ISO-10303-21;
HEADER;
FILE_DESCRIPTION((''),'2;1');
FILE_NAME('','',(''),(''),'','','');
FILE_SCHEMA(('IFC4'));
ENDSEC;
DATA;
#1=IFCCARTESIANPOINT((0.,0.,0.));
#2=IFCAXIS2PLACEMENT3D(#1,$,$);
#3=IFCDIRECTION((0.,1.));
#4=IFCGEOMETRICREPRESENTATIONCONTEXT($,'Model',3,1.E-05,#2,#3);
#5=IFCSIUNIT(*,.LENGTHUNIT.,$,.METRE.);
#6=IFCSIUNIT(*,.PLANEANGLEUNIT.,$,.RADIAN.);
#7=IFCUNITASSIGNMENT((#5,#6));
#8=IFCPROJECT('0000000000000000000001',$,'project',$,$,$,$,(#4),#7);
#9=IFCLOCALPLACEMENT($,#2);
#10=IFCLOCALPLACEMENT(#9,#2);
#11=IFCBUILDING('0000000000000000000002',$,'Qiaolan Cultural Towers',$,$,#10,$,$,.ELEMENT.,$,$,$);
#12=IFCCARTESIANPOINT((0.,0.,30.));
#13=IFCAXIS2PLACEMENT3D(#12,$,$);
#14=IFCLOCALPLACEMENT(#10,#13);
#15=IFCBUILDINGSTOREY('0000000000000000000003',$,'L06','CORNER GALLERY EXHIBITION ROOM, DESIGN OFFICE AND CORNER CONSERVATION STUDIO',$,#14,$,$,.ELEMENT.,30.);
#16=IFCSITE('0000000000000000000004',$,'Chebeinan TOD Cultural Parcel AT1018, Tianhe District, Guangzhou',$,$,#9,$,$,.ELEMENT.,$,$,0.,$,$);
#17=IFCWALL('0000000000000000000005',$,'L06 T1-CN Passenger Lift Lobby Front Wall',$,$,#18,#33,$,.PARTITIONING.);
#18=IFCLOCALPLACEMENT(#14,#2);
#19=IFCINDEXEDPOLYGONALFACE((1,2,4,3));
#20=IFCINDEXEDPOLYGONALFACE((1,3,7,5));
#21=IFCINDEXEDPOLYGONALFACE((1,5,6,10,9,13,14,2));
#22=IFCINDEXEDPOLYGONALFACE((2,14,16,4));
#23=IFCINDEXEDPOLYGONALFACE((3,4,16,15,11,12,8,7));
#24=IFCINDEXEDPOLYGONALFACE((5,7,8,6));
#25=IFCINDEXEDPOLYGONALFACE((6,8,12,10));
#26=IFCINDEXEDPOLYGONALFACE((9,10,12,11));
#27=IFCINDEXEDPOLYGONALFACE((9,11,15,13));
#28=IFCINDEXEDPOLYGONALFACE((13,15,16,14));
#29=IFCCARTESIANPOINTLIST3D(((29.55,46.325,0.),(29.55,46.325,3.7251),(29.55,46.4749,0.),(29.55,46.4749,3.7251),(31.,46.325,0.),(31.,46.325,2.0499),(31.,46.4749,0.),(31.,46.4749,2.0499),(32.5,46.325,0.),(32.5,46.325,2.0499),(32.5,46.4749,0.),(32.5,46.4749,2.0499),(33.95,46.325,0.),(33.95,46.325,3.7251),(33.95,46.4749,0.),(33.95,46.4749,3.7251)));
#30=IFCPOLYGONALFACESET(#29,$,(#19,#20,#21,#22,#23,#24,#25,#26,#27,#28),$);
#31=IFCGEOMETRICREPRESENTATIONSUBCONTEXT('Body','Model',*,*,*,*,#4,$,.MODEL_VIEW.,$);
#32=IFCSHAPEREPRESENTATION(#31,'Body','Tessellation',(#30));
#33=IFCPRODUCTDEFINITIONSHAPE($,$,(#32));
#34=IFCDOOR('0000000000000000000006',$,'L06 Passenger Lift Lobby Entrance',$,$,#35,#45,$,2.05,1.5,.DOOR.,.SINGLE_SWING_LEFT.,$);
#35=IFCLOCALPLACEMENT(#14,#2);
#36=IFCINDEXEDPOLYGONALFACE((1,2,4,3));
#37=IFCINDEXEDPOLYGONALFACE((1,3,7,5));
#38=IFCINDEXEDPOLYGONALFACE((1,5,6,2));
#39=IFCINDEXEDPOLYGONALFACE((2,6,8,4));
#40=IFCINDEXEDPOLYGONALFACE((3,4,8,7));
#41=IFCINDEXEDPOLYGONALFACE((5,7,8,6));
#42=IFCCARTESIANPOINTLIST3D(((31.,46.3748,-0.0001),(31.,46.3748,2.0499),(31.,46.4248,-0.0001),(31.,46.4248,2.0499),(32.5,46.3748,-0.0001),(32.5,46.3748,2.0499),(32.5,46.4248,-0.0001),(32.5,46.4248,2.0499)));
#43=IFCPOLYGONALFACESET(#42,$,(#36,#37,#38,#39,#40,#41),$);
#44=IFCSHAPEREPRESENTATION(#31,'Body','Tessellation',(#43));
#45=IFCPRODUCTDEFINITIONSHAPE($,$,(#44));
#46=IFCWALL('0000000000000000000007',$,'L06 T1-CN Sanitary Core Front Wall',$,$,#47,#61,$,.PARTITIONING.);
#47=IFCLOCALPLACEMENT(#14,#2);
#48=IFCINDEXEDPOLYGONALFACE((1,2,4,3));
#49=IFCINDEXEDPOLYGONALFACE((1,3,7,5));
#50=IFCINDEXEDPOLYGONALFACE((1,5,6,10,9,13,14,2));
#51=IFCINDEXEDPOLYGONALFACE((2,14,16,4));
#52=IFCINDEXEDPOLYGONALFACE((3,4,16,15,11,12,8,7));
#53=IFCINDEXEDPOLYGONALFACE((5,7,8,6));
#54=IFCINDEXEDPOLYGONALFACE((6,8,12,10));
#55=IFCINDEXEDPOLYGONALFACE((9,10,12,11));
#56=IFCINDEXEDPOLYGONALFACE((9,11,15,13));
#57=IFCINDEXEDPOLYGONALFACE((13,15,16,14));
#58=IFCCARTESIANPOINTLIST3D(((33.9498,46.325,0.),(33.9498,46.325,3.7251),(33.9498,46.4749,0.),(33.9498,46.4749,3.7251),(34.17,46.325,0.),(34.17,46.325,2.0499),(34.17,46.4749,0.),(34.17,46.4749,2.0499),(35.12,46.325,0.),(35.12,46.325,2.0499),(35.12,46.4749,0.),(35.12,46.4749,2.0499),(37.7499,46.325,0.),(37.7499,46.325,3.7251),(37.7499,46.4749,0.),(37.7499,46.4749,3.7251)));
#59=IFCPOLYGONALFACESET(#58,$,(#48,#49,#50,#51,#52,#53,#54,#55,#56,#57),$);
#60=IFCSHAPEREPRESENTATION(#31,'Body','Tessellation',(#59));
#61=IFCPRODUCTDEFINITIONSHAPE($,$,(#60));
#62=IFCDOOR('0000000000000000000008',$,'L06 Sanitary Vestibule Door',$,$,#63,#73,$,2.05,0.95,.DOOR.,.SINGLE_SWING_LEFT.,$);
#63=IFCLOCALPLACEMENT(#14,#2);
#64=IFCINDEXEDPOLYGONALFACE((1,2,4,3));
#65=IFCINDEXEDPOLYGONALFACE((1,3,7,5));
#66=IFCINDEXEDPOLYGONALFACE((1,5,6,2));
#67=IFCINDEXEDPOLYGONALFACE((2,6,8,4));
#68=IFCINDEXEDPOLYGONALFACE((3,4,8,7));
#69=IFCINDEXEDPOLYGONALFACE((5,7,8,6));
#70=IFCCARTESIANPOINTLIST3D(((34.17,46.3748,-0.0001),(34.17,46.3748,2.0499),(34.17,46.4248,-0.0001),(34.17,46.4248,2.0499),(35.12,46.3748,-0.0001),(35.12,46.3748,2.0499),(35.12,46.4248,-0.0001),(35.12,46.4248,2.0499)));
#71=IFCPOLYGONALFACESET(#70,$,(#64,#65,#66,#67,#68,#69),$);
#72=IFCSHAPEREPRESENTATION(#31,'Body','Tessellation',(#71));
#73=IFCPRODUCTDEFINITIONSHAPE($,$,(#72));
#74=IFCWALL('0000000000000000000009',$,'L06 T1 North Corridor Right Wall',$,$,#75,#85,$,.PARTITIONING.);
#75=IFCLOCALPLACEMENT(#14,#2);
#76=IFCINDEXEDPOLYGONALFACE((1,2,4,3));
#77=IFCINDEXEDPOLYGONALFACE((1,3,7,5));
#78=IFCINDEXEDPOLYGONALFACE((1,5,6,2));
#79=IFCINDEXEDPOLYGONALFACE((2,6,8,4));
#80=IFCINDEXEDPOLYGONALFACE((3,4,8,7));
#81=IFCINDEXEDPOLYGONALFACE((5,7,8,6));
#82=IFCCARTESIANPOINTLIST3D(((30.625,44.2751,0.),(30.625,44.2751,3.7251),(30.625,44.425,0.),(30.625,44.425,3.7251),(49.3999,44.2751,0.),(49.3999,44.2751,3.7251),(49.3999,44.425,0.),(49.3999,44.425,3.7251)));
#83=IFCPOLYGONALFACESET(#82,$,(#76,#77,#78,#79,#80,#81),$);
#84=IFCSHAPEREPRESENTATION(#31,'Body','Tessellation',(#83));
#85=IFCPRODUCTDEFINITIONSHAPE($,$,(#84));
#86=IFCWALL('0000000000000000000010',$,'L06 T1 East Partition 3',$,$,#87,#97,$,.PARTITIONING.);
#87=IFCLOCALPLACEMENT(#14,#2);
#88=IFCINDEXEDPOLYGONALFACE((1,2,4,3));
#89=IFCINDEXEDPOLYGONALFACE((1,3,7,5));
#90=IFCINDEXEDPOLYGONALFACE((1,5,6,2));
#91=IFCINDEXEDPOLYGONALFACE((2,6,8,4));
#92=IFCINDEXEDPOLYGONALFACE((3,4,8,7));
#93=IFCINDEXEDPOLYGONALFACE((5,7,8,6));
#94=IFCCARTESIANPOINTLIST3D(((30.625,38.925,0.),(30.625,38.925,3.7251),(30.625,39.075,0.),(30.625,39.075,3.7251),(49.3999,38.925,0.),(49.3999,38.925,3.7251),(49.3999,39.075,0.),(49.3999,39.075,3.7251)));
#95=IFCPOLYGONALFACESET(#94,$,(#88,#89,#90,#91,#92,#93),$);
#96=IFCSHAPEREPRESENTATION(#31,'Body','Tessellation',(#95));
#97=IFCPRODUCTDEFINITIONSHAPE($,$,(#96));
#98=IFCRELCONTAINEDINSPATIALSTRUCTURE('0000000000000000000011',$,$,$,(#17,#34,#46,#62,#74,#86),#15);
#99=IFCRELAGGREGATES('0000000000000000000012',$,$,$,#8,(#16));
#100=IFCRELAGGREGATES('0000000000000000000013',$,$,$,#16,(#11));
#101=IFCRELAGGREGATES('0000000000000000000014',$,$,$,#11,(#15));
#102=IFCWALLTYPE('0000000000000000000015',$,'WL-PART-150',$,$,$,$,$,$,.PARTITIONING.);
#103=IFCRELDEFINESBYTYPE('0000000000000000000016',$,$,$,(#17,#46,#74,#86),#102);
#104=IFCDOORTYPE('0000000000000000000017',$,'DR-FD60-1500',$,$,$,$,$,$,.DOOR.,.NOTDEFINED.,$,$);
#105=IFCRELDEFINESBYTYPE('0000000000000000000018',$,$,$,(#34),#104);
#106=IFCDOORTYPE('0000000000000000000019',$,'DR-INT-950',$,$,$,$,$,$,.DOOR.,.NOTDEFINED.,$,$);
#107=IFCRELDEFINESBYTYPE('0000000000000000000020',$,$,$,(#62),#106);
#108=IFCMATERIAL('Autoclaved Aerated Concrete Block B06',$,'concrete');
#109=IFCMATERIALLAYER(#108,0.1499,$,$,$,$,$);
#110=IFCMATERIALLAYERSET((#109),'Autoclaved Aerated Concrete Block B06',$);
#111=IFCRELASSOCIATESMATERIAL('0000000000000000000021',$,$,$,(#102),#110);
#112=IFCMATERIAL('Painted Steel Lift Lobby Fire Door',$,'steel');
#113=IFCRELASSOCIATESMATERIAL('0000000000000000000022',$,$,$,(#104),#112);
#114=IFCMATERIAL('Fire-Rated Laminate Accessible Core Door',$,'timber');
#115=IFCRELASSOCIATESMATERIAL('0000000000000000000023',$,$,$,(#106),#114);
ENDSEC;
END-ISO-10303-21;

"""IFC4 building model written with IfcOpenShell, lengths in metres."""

from ifc_helpers import new_model, si_unit, direction, frame, frame_2d, origin, place, context, subcontext, project, spatial, rectangle, extrude, material, layer, layer_set, type_object, element, fill, save


model = new_model("IFC4")

# Units and contexts
model_context = context("Model", 3, precision=1e-05, world=origin(), true_north=direction((0.0, 1.0)))
body_context = subcontext(model_context, "Body", "Model", "MODEL_VIEW")
ifc_project = project(units=[si_unit("LENGTHUNIT", "METRE"), si_unit("PLANEANGLEUNIT", "RADIAN")], contexts=[model_context])

# Site, building, storey
site_placement = place(None, origin())
site = spatial("IfcSite", under=ifc_project, at=site_placement, Name="Chebeinan TOD Cultural Parcel AT1018, Tianhe District, Guangzhou", CompositionType="ELEMENT", RefElevation=0.0)
building_placement = place(site_placement, origin())
building = spatial("IfcBuilding", under=site, at=building_placement, Name="Qiaolan Cultural Towers", CompositionType="ELEMENT")
storey_placement = place(building_placement, frame((0.0, 0.0, 30.0)))
storey = spatial("IfcBuildingStorey", under=building, at=storey_placement, Name="L06", Description="CORNER GALLERY EXHIBITION ROOM, DESIGN OFFICE AND CORNER CONSERVATION STUDIO", CompositionType="ELEMENT", Elevation=30.0)

# Walls, openings, doors
ifc_material_1 = material(Name="Autoclaved Aerated Concrete Block B06", Category="concrete")
ifc_layer_1 = layer(ifc_material_1, 0.1499)
ifc_layer_set_1 = layer_set([ifc_layer_1], Name="Autoclaved Aerated Concrete Block B06")
wall_type_1 = type_object("IfcWallType", Name="WL-PART-150", PredefinedType="PARTITIONING", material=ifc_layer_set_1)
wall_1_placement = place(storey_placement, frame((29.55, 46.3999, 0.0), z_axis=(0.0, 0.0, 1.0), x_axis=(1.0, 0.0, 0.0)))
wall_1 = element("IfcWall", 1, at=wall_1_placement, inside=storey, type_object=wall_type_1, Name="L06 T1-CN Passenger Lift Lobby Front Wall", PredefinedType="PARTITIONING", context=body_context, shape_type="SweptSolid", body=[
    extrude(rectangle(XDim=4.3999, YDim=0.1499, at=frame_2d((2.2, 0.0))), origin(), (0.0, 0.0, 1.0), 3.7251),
])
opening_1_placement = place(wall_1_placement, frame((1.45, 0.0, 0.0)))
opening_1 = element("IfcOpeningElement", 2, at=opening_1_placement, cuts=wall_1, PredefinedType="OPENING", context=body_context, shape_type="SweptSolid", body=[
    extrude(rectangle(XDim=1.5, YDim=2.05, at=frame_2d((0.75, 1.0249))), frame((0.0, 0.085, 0.0), z_axis=(0.0, -1.0, 0.0), x_axis=(1.0, 0.0, 0.0)), (0.0, 0.0, 1.0), 0.1699),
])
ifc_material_2 = material(Name="Painted Steel Lift Lobby Fire Door", Category="steel")
door_type_1 = type_object("IfcDoorType", Name="DR-FD60-1500", OperationType="NOTDEFINED", PredefinedType="DOOR", material=ifc_material_2)
door_1_placement = place(opening_1_placement, origin())
door_1 = element("IfcDoor", 3, at=door_1_placement, inside=storey, type_object=door_type_1, Name="L06 Passenger Lift Lobby Entrance", OperationType="SINGLE_SWING_LEFT", OverallHeight=2.05, OverallWidth=1.5, PredefinedType="DOOR", context=body_context, shape_type="SweptSolid", body=[
    extrude(rectangle(XDim=1.5, YDim=2.05, at=frame_2d((0.75, 1.0249))), frame((0.0, 0.0249, 0.0), z_axis=(0.0, -1.0, 0.0), x_axis=(1.0, 0.0, 0.0)), (0.0, 0.0, 1.0), 0.05),
])
fill(opening_1, door_1)
wall_2_placement = place(storey_placement, frame((33.95, 46.3999, 0.0), z_axis=(0.0, 0.0, 1.0), x_axis=(1.0, 0.0, 0.0)))
wall_2 = element("IfcWall", 4, at=wall_2_placement, inside=storey, type_object=wall_type_1, Name="L06 T1-CN Sanitary Core Front Wall", PredefinedType="PARTITIONING", context=body_context, shape_type="SweptSolid", body=[
    extrude(rectangle(XDim=3.8, YDim=0.1499, at=frame_2d((1.8999, 0.0))), origin(), (0.0, 0.0, 1.0), 3.7251),
])
opening_2_placement = place(wall_2_placement, frame((0.22, 0.0, 0.0)))
opening_2 = element("IfcOpeningElement", 5, at=opening_2_placement, cuts=wall_2, PredefinedType="OPENING", context=body_context, shape_type="SweptSolid", body=[
    extrude(rectangle(XDim=0.95, YDim=2.05, at=frame_2d((0.4751, 1.0249))), frame((0.0, 0.085, 0.0), z_axis=(0.0, -1.0, 0.0), x_axis=(1.0, 0.0, 0.0)), (0.0, 0.0, 1.0), 0.1699),
])
ifc_material_3 = material(Name="Fire-Rated Laminate Accessible Core Door", Category="timber")
door_type_2 = type_object("IfcDoorType", Name="DR-INT-950", OperationType="NOTDEFINED", PredefinedType="DOOR", material=ifc_material_3)
door_2_placement = place(opening_2_placement, origin())
door_2 = element("IfcDoor", 6, at=door_2_placement, inside=storey, type_object=door_type_2, Name="L06 Sanitary Vestibule Door", OperationType="SINGLE_SWING_LEFT", OverallHeight=2.05, OverallWidth=0.95, PredefinedType="DOOR", context=body_context, shape_type="SweptSolid", body=[
    extrude(rectangle(XDim=0.95, YDim=2.05, at=frame_2d((0.4751, 1.0249))), frame((0.0, 0.0249, 0.0), z_axis=(0.0, -1.0, 0.0), x_axis=(1.0, 0.0, 0.0)), (0.0, 0.0, 1.0), 0.05),
])
fill(opening_2, door_2)

# Walls
for number, where, z_axis, x_axis, name in (
    (7, (30.625, 44.3501, 0.0), (0.0, 0.0, 1.0), (1.0, 0.0, 0.0), "L06 T1 North Corridor Right Wall"),
    (8, (30.625, 39.0, 0.0), (0.0, 0.0, 1.0), (1.0, 0.0, 0.0), "L06 T1 East Partition 3"),
):
    element("IfcWall", number, at=place(storey_placement, frame(where, z_axis=z_axis, x_axis=x_axis)), inside=storey, type_object=wall_type_1, Name=name, PredefinedType="PARTITIONING", context=body_context, shape_type="SweptSolid", body=[
        extrude(rectangle(XDim=18.7749, YDim=0.1499, at=frame_2d((9.3875, 0.0))), origin(), (0.0, 0.0, 1.0), 3.7251),
    ])

save(model, "model.ifc")
